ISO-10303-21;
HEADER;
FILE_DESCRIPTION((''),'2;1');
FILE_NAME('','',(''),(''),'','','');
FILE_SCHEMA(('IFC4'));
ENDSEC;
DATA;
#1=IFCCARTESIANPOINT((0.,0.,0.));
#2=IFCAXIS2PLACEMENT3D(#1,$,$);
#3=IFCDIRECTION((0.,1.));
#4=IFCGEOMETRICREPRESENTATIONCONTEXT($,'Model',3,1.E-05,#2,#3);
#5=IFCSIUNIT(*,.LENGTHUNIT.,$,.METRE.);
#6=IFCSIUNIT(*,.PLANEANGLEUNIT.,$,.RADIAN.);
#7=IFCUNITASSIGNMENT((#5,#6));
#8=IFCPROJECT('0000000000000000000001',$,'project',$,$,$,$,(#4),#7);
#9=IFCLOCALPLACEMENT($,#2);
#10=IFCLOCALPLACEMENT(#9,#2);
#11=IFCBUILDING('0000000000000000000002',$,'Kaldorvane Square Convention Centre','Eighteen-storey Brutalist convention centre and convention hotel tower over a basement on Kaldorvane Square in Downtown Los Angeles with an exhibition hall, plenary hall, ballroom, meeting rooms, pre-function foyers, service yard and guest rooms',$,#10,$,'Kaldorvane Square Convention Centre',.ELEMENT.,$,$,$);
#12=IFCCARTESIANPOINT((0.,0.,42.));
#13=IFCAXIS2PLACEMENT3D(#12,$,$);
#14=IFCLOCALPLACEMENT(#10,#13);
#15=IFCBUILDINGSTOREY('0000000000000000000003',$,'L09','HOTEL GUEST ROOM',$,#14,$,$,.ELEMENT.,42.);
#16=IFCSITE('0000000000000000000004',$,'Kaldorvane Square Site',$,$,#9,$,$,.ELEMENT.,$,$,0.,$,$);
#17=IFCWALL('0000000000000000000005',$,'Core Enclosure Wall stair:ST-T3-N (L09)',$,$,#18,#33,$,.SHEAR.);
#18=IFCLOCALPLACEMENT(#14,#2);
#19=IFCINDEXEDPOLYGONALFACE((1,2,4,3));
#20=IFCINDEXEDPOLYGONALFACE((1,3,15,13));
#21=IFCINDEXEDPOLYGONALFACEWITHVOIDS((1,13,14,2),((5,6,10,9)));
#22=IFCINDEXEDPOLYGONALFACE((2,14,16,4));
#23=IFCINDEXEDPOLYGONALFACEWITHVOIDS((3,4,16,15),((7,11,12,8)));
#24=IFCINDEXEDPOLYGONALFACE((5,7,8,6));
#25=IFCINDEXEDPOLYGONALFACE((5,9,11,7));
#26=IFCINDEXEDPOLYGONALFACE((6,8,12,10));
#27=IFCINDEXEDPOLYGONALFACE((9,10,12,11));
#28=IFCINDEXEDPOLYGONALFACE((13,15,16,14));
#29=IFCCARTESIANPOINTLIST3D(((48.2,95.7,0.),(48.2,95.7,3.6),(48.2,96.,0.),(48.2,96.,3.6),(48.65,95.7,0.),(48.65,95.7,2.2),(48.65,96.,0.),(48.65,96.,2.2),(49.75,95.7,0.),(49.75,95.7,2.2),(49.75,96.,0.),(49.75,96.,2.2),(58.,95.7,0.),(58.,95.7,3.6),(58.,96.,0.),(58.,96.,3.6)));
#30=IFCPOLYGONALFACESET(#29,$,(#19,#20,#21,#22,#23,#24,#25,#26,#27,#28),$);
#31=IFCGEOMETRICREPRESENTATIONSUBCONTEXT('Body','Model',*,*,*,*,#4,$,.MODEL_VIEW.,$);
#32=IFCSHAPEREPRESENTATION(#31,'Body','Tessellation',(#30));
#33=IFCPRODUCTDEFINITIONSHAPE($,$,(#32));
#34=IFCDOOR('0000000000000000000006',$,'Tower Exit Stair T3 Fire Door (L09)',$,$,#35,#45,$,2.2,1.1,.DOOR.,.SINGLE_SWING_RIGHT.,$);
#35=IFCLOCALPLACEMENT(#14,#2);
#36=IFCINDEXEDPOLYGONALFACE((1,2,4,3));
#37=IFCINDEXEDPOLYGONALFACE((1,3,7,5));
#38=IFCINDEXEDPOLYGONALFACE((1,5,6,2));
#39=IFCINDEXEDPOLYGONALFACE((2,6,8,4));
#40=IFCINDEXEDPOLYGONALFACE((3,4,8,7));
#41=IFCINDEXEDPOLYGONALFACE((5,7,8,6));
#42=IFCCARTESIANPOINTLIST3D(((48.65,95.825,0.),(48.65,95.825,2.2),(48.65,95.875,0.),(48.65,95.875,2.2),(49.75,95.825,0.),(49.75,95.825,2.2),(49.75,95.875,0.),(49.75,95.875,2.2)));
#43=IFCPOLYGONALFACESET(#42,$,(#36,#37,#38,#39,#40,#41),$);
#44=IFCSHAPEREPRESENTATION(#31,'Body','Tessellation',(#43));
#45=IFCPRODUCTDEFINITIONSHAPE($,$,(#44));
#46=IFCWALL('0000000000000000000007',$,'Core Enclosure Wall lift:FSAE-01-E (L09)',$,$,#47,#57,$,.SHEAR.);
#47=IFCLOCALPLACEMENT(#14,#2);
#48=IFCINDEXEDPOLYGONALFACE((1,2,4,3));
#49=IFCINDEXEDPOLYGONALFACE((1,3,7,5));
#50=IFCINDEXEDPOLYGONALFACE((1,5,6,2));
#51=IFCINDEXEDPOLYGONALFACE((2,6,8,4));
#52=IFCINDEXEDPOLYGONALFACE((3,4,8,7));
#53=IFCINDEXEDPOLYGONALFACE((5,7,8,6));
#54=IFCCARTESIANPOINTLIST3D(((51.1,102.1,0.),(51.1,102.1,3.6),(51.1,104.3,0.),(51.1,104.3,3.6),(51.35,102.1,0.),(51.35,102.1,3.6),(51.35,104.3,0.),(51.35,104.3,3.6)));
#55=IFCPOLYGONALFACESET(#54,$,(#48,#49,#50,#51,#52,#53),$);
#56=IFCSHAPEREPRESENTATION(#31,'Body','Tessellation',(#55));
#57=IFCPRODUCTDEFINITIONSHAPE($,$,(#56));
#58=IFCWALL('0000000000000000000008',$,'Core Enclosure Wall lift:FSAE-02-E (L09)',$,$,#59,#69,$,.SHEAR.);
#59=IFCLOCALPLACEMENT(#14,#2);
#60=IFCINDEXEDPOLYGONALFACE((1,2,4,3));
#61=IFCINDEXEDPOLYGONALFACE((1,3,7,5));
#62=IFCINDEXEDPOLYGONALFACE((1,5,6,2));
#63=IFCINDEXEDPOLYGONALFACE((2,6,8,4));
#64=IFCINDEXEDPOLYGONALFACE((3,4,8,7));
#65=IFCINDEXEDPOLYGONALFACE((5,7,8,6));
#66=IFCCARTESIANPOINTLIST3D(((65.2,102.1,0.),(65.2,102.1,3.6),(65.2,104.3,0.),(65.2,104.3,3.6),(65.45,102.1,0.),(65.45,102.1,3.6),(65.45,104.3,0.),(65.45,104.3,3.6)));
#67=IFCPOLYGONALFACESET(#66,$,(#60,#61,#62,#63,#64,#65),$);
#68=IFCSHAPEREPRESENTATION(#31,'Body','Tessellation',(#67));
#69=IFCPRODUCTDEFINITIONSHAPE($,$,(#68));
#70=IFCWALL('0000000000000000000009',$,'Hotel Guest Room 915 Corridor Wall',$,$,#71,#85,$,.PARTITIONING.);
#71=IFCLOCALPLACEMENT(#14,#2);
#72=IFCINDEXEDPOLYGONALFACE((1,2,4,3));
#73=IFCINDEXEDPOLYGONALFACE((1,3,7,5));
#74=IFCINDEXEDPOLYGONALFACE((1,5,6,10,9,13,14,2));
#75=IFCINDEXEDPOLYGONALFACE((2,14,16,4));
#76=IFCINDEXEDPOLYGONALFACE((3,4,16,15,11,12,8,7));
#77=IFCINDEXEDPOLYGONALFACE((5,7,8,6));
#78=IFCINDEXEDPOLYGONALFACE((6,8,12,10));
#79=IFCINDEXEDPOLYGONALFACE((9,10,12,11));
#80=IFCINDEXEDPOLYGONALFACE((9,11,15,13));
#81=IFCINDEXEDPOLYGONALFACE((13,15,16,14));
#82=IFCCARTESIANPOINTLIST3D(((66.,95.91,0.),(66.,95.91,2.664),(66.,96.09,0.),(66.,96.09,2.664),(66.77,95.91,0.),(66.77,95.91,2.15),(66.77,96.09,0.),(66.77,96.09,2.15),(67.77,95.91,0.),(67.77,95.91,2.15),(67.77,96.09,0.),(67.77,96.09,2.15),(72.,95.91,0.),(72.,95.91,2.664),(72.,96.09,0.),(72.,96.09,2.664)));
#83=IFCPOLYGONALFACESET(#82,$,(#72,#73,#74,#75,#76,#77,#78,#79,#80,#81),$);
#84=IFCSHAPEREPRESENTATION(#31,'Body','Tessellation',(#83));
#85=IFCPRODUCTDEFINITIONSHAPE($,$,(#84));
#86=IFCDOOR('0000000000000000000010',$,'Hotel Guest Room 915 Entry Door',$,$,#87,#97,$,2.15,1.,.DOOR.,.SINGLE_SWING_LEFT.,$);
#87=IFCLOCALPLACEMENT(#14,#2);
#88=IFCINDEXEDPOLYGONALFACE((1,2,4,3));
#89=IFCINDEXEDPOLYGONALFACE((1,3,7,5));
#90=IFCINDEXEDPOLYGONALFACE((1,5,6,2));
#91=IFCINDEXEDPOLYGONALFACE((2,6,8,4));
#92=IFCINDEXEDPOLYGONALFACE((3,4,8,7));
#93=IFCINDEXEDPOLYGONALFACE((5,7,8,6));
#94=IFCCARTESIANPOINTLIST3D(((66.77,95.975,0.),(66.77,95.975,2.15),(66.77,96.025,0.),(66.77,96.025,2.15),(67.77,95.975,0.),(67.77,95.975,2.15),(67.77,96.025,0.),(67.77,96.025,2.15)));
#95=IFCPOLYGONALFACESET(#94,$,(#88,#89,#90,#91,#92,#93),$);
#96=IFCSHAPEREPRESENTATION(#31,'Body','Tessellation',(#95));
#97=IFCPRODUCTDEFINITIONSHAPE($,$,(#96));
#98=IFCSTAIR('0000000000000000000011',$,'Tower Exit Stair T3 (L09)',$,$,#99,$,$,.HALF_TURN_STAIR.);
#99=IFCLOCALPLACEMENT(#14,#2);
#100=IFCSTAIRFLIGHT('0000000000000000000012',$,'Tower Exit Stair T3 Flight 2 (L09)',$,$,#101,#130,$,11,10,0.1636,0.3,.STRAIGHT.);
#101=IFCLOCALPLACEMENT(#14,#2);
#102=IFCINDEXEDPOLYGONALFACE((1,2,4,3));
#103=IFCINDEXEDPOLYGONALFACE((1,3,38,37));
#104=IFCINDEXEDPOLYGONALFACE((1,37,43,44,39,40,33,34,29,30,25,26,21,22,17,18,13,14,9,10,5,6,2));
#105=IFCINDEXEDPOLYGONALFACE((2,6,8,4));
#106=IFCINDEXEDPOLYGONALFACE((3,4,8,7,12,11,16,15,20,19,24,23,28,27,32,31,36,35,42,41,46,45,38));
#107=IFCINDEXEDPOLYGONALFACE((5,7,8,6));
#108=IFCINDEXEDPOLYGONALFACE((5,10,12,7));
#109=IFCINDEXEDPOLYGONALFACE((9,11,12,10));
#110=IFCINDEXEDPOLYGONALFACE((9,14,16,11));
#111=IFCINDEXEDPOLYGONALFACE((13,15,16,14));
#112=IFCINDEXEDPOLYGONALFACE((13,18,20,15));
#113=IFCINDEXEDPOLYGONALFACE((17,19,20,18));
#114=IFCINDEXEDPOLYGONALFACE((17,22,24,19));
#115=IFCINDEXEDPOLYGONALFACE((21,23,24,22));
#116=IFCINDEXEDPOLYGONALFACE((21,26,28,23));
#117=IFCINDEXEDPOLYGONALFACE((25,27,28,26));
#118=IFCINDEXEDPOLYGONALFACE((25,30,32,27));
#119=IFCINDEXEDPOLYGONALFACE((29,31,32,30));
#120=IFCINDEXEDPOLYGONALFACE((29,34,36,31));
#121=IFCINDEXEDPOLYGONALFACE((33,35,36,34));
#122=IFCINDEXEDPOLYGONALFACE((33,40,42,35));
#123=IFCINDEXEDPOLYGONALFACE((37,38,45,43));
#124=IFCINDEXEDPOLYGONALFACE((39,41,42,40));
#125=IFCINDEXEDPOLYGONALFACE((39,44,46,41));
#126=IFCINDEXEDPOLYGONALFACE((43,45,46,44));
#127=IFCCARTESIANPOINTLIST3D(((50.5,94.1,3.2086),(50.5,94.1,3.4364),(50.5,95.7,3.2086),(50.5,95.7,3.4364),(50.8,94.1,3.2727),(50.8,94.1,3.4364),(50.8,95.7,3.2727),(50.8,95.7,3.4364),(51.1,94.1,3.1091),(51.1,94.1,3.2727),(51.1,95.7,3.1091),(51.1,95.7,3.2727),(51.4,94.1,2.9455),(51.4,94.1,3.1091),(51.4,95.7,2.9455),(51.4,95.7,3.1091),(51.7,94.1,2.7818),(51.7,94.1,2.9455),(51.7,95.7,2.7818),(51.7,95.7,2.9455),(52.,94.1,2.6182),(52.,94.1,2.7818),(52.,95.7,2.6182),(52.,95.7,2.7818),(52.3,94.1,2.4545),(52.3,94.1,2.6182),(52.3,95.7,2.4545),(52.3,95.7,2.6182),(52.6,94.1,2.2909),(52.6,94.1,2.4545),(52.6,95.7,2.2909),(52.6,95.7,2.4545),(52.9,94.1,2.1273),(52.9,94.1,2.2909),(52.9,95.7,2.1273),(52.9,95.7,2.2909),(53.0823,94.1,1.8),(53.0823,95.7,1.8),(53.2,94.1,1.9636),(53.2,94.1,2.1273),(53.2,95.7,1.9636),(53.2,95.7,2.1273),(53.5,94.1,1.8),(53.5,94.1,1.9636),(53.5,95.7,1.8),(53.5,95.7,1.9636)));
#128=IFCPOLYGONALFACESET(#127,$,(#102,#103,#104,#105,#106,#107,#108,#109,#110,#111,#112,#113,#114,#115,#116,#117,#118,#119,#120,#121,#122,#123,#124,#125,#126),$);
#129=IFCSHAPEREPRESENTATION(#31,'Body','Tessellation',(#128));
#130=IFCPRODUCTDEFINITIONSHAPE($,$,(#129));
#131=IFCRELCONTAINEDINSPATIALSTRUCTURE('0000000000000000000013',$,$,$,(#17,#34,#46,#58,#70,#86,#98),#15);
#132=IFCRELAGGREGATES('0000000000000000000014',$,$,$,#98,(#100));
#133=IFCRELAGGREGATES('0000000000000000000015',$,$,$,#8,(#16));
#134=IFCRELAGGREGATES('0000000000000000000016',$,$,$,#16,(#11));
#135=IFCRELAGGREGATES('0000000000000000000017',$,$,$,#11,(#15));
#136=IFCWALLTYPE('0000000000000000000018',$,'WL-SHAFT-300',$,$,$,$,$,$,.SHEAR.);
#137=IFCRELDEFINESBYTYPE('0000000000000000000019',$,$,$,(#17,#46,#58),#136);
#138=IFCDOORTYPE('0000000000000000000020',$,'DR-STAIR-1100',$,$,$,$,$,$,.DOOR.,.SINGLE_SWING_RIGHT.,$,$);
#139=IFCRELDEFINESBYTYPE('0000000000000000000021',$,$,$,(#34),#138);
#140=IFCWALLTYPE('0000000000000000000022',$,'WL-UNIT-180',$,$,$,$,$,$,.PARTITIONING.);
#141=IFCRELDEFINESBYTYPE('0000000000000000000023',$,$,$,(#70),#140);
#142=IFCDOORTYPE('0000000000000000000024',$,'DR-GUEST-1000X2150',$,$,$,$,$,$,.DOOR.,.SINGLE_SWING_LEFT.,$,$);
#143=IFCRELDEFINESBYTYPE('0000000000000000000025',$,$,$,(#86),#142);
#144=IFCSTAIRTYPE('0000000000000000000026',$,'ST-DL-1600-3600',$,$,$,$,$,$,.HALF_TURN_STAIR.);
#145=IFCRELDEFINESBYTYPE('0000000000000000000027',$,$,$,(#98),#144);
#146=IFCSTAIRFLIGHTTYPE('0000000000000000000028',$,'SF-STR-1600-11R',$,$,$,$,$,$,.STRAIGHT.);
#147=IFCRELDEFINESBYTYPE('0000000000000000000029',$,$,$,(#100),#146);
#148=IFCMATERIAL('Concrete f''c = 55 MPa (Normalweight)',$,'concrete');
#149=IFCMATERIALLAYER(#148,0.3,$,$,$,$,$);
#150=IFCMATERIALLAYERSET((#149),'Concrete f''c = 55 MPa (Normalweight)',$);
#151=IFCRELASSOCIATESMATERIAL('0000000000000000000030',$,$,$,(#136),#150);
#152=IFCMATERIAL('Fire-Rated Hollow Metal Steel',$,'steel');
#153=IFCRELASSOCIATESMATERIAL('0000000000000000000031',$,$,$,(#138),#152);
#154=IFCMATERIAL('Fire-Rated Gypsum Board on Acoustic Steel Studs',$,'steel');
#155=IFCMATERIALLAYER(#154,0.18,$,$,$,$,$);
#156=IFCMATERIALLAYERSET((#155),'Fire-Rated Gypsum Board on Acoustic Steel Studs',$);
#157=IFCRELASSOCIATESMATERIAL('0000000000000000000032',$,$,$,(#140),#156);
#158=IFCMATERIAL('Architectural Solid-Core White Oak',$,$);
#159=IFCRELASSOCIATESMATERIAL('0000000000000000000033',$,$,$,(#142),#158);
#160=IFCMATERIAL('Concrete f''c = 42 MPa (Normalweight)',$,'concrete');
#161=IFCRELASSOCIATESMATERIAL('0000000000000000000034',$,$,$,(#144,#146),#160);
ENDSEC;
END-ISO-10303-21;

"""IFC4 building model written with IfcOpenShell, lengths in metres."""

from ifc_helpers import new_model, si_unit, direction, frame, frame_2d, origin, place, context, subcontext, project, spatial, polyline, rectangle, outline, extrude, material, layer, layer_set, type_object, element, fill, aggregate, save


model = new_model("IFC4")

# Units and contexts
model_context = context("Model", 3, precision=1e-05, world=origin(), true_north=direction((0.0, 1.0)))
body_context = subcontext(model_context, "Body", "Model", "MODEL_VIEW")
ifc_project = project(units=[si_unit("LENGTHUNIT", "METRE"), si_unit("PLANEANGLEUNIT", "RADIAN")], contexts=[model_context])

# Site, building, storey
site_placement = place(None, origin())
site = spatial("IfcSite", under=ifc_project, at=site_placement, Name="Kaldorvane Square Site", CompositionType="ELEMENT", RefElevation=0.0)
building_placement = place(site_placement, origin())
building = spatial("IfcBuilding", under=site, at=building_placement, Name="Kaldorvane Square Convention Centre", Description="Eighteen-storey Brutalist convention centre and convention hotel tower over a basement on Kaldorvane Square in Downtown Los Angeles with an exhibition hall, plenary hall, ballroom, meeting rooms, pre-function foyers, service yard and guest rooms", LongName="Kaldorvane Square Convention Centre", CompositionType="ELEMENT")
storey_placement = place(building_placement, frame((0.0, 0.0, 42.0)))
storey = spatial("IfcBuildingStorey", under=building, at=storey_placement, Name="L09", Description="HOTEL GUEST ROOM", CompositionType="ELEMENT", Elevation=42.0)

# Shared definitions
ifc_material_1 = material(Name="Fire-Rated Gypsum Board on Acoustic Steel Studs", Category="steel")
ifc_material_2 = material(Name="Architectural Solid-Core White Oak")

# Wall, opening, door
ifc_material_3 = material(Name="Concrete f'c = 55 MPa (Normalweight)", Category="concrete")
ifc_layer_1 = layer(ifc_material_3, 0.3)
ifc_layer_set_1 = layer_set([ifc_layer_1], Name="Concrete f'c = 55 MPa (Normalweight)")
wall_type_1 = type_object("IfcWallType", Name="WL-SHAFT-300", PredefinedType="SHEAR", material=ifc_layer_set_1)
ifc_material_4 = material(Name="Fire-Rated Hollow Metal Steel", Category="steel")
door_type_1 = type_object("IfcDoorType", Name="DR-STAIR-1100", OperationType="SINGLE_SWING_RIGHT", PredefinedType="DOOR", material=ifc_material_4)
wall_1_placement = place(storey_placement, frame((58.0, 95.85, 0.0), z_axis=(0.0, 0.0, 1.0), x_axis=(-1.0, 0.0, 0.0)))
wall_1 = element("IfcWall", 1, at=wall_1_placement, inside=storey, type_object=wall_type_1, Name="Core Enclosure Wall stair:ST-T3-N (L09)", PredefinedType="SHEAR", context=body_context, shape_type="SweptSolid", body=[
    extrude(rectangle(XDim=9.8, YDim=0.3, at=frame_2d((4.9, 0.0))), origin(), (0.0, 0.0, 1.0), 3.6),
])
opening_1_placement = place(wall_1_placement, frame((8.25, 0.0, 0.0)))
opening_1 = element("IfcOpeningElement", 2, at=opening_1_placement, cuts=wall_1, PredefinedType="OPENING", context=body_context, shape_type="SweptSolid", body=[
    extrude(rectangle(XDim=1.1, YDim=2.2, at=frame_2d((0.55, 1.1))), frame((0.0, 0.165, 0.0), z_axis=(0.0, -1.0, 0.0), x_axis=(1.0, 0.0, 0.0)), (0.0, 0.0, 1.0), 0.33),
])
door_1_placement = place(opening_1_placement, origin())
door_1 = element("IfcDoor", 3, at=door_1_placement, inside=storey, type_object=door_type_1, Name="Tower Exit Stair T3 Fire Door (L09)", OperationType="SINGLE_SWING_RIGHT", OverallHeight=2.2, OverallWidth=1.1, PredefinedType="DOOR", context=body_context, shape_type="SweptSolid", body=[
    extrude(rectangle(XDim=1.1, YDim=2.2, at=frame_2d((0.55, 1.1))), frame((0.0, 0.025, 0.0), z_axis=(0.0, -1.0, 0.0), x_axis=(1.0, 0.0, 0.0)), (0.0, 0.0, 1.0), 0.05),
])
fill(opening_1, door_1)

# Wall
wall_2_placement = place(storey_placement, frame((51.225, 102.1, 0.0), z_axis=(0.0, 0.0, 1.0), x_axis=(0.0, 1.0, 0.0)))
element("IfcWall", 4, at=wall_2_placement, inside=storey, type_object=wall_type_1, Name="Core Enclosure Wall lift:FSAE-01-E (L09)", PredefinedType="SHEAR", context=body_context, shape_type="SweptSolid", body=[
    extrude(rectangle(XDim=2.2, YDim=0.25, at=frame_2d((1.1, 0.0))), origin(), (0.0, 0.0, 1.0), 3.6),
])

# Wall
wall_3_placement = place(storey_placement, frame((65.325, 102.1, 0.0), z_axis=(0.0, 0.0, 1.0), x_axis=(0.0, 1.0, 0.0)))
element("IfcWall", 5, at=wall_3_placement, inside=storey, type_object=wall_type_1, Name="Core Enclosure Wall lift:FSAE-02-E (L09)", PredefinedType="SHEAR", context=body_context, shape_type="SweptSolid", body=[
    extrude(rectangle(XDim=2.2, YDim=0.25, at=frame_2d((1.1, 0.0))), origin(), (0.0, 0.0, 1.0), 3.6),
])

# Wall, opening, door
ifc_layer_2 = layer(ifc_material_1, 0.18)
ifc_layer_set_2 = layer_set([ifc_layer_2], Name="Fire-Rated Gypsum Board on Acoustic Steel Studs")
wall_type_2 = type_object("IfcWallType", Name="WL-UNIT-180", PredefinedType="PARTITIONING", material=ifc_layer_set_2)
wall_4_placement = place(storey_placement, frame((66.0, 96.0, 0.0), z_axis=(0.0, 0.0, 1.0), x_axis=(1.0, 0.0, 0.0)))
wall_4 = element("IfcWall", 6, at=wall_4_placement, inside=storey, type_object=wall_type_2, Name="Hotel Guest Room 915 Corridor Wall", PredefinedType="PARTITIONING", context=body_context, shape_type="SweptSolid", body=[
    extrude(rectangle(XDim=6.0, YDim=0.18, at=frame_2d((3.0, 0.0))), origin(), (0.0, 0.0, 1.0), 2.664),
])
opening_2_placement = place(wall_4_placement, frame((0.77, 0.0, 0.0)))
opening_2 = element("IfcOpeningElement", 7, at=opening_2_placement, cuts=wall_4, PredefinedType="OPENING", context=body_context, shape_type="SweptSolid", body=[
    extrude(rectangle(XDim=1.0, YDim=2.15, at=frame_2d((0.5, 1.075))), frame((0.0, 0.105, 0.0), z_axis=(0.0, -1.0, 0.0), x_axis=(1.0, 0.0, 0.0)), (0.0, 0.0, 1.0), 0.21),
])
door_type_2 = type_object("IfcDoorType", Name="DR-GUEST-1000X2150", OperationType="SINGLE_SWING_LEFT", PredefinedType="DOOR", material=ifc_material_2)
door_2_placement = place(opening_2_placement, origin())
door_2 = element("IfcDoor", 8, at=door_2_placement, inside=storey, type_object=door_type_2, Name="Hotel Guest Room 915 Entry Door", OperationType="SINGLE_SWING_LEFT", OverallHeight=2.15, OverallWidth=1.0, PredefinedType="DOOR", context=body_context, shape_type="SweptSolid", body=[
    extrude(rectangle(XDim=1.0, YDim=2.15, at=frame_2d((0.5, 1.075))), frame((0.0, 0.025, 0.0), z_axis=(0.0, -1.0, 0.0), x_axis=(1.0, 0.0, 0.0)), (0.0, 0.0, 1.0), 0.05),
])
fill(opening_2, door_2)

# Stair, stair flight
ifc_material_5 = material(Name="Concrete f'c = 42 MPa (Normalweight)", Category="concrete")
stair_type = type_object("IfcStairType", Name="ST-DL-1600-3600", PredefinedType="HALF_TURN_STAIR", material=ifc_material_5)
stair_placement = place(storey_placement, origin())
stair = element("IfcStair", 9, at=stair_placement, inside=storey, type_object=stair_type, Name="Tower Exit Stair T3 (L09)", PredefinedType="HALF_TURN_STAIR")
stair_flight_type = type_object("IfcStairFlightType", Name="SF-STR-1600-11R", PredefinedType="STRAIGHT", material=ifc_material_5)
stair_flight_placement = place(storey_placement, frame((53.5, 94.9, 1.8), z_axis=(0.0, 0.0, 1.0), x_axis=(-1.0, 0.0, 0.0)))
stair_flight = element("IfcStairFlight", 10, at=stair_flight_placement, type_object=stair_flight_type, Name="Tower Exit Stair T3 Flight 2 (L09)", NumberOfRisers=11, NumberOfTreads=10, PredefinedType="STRAIGHT", RiserHeight=0.1636, TreadLength=0.3, context=body_context, shape_type="SweptSolid", body=[
    extrude(outline(polyline([(0.0, 0.0), (0.0, 0.1636), (0.3, 0.1636), (0.3, 0.3273), (0.6, 0.3273), (0.6, 0.4909), (0.9, 0.4909), (0.9, 0.6545), (1.2, 0.6545), (1.2, 0.8182), (1.5, 0.8182), (1.5, 0.9818), (1.8, 0.9818), (1.8, 1.1455), (2.1, 1.1455), (2.1, 1.3091), (2.4, 1.3091), (2.4, 1.4727), (2.7, 1.4727), (2.7, 1.6364), (3.0, 1.6364), (3.0, 1.8), (3.0, 1.4086), (0.4177, 0.0), (0.0, 0.0)])), frame((0.0, 0.8, 0.0), z_axis=(0.0, -1.0, 0.0), x_axis=(1.0, 0.0, 0.0)), (0.0, 0.0, 1.0), 1.6),
])
aggregate(stair, [stair_flight])

save(model, "model.ifc")
